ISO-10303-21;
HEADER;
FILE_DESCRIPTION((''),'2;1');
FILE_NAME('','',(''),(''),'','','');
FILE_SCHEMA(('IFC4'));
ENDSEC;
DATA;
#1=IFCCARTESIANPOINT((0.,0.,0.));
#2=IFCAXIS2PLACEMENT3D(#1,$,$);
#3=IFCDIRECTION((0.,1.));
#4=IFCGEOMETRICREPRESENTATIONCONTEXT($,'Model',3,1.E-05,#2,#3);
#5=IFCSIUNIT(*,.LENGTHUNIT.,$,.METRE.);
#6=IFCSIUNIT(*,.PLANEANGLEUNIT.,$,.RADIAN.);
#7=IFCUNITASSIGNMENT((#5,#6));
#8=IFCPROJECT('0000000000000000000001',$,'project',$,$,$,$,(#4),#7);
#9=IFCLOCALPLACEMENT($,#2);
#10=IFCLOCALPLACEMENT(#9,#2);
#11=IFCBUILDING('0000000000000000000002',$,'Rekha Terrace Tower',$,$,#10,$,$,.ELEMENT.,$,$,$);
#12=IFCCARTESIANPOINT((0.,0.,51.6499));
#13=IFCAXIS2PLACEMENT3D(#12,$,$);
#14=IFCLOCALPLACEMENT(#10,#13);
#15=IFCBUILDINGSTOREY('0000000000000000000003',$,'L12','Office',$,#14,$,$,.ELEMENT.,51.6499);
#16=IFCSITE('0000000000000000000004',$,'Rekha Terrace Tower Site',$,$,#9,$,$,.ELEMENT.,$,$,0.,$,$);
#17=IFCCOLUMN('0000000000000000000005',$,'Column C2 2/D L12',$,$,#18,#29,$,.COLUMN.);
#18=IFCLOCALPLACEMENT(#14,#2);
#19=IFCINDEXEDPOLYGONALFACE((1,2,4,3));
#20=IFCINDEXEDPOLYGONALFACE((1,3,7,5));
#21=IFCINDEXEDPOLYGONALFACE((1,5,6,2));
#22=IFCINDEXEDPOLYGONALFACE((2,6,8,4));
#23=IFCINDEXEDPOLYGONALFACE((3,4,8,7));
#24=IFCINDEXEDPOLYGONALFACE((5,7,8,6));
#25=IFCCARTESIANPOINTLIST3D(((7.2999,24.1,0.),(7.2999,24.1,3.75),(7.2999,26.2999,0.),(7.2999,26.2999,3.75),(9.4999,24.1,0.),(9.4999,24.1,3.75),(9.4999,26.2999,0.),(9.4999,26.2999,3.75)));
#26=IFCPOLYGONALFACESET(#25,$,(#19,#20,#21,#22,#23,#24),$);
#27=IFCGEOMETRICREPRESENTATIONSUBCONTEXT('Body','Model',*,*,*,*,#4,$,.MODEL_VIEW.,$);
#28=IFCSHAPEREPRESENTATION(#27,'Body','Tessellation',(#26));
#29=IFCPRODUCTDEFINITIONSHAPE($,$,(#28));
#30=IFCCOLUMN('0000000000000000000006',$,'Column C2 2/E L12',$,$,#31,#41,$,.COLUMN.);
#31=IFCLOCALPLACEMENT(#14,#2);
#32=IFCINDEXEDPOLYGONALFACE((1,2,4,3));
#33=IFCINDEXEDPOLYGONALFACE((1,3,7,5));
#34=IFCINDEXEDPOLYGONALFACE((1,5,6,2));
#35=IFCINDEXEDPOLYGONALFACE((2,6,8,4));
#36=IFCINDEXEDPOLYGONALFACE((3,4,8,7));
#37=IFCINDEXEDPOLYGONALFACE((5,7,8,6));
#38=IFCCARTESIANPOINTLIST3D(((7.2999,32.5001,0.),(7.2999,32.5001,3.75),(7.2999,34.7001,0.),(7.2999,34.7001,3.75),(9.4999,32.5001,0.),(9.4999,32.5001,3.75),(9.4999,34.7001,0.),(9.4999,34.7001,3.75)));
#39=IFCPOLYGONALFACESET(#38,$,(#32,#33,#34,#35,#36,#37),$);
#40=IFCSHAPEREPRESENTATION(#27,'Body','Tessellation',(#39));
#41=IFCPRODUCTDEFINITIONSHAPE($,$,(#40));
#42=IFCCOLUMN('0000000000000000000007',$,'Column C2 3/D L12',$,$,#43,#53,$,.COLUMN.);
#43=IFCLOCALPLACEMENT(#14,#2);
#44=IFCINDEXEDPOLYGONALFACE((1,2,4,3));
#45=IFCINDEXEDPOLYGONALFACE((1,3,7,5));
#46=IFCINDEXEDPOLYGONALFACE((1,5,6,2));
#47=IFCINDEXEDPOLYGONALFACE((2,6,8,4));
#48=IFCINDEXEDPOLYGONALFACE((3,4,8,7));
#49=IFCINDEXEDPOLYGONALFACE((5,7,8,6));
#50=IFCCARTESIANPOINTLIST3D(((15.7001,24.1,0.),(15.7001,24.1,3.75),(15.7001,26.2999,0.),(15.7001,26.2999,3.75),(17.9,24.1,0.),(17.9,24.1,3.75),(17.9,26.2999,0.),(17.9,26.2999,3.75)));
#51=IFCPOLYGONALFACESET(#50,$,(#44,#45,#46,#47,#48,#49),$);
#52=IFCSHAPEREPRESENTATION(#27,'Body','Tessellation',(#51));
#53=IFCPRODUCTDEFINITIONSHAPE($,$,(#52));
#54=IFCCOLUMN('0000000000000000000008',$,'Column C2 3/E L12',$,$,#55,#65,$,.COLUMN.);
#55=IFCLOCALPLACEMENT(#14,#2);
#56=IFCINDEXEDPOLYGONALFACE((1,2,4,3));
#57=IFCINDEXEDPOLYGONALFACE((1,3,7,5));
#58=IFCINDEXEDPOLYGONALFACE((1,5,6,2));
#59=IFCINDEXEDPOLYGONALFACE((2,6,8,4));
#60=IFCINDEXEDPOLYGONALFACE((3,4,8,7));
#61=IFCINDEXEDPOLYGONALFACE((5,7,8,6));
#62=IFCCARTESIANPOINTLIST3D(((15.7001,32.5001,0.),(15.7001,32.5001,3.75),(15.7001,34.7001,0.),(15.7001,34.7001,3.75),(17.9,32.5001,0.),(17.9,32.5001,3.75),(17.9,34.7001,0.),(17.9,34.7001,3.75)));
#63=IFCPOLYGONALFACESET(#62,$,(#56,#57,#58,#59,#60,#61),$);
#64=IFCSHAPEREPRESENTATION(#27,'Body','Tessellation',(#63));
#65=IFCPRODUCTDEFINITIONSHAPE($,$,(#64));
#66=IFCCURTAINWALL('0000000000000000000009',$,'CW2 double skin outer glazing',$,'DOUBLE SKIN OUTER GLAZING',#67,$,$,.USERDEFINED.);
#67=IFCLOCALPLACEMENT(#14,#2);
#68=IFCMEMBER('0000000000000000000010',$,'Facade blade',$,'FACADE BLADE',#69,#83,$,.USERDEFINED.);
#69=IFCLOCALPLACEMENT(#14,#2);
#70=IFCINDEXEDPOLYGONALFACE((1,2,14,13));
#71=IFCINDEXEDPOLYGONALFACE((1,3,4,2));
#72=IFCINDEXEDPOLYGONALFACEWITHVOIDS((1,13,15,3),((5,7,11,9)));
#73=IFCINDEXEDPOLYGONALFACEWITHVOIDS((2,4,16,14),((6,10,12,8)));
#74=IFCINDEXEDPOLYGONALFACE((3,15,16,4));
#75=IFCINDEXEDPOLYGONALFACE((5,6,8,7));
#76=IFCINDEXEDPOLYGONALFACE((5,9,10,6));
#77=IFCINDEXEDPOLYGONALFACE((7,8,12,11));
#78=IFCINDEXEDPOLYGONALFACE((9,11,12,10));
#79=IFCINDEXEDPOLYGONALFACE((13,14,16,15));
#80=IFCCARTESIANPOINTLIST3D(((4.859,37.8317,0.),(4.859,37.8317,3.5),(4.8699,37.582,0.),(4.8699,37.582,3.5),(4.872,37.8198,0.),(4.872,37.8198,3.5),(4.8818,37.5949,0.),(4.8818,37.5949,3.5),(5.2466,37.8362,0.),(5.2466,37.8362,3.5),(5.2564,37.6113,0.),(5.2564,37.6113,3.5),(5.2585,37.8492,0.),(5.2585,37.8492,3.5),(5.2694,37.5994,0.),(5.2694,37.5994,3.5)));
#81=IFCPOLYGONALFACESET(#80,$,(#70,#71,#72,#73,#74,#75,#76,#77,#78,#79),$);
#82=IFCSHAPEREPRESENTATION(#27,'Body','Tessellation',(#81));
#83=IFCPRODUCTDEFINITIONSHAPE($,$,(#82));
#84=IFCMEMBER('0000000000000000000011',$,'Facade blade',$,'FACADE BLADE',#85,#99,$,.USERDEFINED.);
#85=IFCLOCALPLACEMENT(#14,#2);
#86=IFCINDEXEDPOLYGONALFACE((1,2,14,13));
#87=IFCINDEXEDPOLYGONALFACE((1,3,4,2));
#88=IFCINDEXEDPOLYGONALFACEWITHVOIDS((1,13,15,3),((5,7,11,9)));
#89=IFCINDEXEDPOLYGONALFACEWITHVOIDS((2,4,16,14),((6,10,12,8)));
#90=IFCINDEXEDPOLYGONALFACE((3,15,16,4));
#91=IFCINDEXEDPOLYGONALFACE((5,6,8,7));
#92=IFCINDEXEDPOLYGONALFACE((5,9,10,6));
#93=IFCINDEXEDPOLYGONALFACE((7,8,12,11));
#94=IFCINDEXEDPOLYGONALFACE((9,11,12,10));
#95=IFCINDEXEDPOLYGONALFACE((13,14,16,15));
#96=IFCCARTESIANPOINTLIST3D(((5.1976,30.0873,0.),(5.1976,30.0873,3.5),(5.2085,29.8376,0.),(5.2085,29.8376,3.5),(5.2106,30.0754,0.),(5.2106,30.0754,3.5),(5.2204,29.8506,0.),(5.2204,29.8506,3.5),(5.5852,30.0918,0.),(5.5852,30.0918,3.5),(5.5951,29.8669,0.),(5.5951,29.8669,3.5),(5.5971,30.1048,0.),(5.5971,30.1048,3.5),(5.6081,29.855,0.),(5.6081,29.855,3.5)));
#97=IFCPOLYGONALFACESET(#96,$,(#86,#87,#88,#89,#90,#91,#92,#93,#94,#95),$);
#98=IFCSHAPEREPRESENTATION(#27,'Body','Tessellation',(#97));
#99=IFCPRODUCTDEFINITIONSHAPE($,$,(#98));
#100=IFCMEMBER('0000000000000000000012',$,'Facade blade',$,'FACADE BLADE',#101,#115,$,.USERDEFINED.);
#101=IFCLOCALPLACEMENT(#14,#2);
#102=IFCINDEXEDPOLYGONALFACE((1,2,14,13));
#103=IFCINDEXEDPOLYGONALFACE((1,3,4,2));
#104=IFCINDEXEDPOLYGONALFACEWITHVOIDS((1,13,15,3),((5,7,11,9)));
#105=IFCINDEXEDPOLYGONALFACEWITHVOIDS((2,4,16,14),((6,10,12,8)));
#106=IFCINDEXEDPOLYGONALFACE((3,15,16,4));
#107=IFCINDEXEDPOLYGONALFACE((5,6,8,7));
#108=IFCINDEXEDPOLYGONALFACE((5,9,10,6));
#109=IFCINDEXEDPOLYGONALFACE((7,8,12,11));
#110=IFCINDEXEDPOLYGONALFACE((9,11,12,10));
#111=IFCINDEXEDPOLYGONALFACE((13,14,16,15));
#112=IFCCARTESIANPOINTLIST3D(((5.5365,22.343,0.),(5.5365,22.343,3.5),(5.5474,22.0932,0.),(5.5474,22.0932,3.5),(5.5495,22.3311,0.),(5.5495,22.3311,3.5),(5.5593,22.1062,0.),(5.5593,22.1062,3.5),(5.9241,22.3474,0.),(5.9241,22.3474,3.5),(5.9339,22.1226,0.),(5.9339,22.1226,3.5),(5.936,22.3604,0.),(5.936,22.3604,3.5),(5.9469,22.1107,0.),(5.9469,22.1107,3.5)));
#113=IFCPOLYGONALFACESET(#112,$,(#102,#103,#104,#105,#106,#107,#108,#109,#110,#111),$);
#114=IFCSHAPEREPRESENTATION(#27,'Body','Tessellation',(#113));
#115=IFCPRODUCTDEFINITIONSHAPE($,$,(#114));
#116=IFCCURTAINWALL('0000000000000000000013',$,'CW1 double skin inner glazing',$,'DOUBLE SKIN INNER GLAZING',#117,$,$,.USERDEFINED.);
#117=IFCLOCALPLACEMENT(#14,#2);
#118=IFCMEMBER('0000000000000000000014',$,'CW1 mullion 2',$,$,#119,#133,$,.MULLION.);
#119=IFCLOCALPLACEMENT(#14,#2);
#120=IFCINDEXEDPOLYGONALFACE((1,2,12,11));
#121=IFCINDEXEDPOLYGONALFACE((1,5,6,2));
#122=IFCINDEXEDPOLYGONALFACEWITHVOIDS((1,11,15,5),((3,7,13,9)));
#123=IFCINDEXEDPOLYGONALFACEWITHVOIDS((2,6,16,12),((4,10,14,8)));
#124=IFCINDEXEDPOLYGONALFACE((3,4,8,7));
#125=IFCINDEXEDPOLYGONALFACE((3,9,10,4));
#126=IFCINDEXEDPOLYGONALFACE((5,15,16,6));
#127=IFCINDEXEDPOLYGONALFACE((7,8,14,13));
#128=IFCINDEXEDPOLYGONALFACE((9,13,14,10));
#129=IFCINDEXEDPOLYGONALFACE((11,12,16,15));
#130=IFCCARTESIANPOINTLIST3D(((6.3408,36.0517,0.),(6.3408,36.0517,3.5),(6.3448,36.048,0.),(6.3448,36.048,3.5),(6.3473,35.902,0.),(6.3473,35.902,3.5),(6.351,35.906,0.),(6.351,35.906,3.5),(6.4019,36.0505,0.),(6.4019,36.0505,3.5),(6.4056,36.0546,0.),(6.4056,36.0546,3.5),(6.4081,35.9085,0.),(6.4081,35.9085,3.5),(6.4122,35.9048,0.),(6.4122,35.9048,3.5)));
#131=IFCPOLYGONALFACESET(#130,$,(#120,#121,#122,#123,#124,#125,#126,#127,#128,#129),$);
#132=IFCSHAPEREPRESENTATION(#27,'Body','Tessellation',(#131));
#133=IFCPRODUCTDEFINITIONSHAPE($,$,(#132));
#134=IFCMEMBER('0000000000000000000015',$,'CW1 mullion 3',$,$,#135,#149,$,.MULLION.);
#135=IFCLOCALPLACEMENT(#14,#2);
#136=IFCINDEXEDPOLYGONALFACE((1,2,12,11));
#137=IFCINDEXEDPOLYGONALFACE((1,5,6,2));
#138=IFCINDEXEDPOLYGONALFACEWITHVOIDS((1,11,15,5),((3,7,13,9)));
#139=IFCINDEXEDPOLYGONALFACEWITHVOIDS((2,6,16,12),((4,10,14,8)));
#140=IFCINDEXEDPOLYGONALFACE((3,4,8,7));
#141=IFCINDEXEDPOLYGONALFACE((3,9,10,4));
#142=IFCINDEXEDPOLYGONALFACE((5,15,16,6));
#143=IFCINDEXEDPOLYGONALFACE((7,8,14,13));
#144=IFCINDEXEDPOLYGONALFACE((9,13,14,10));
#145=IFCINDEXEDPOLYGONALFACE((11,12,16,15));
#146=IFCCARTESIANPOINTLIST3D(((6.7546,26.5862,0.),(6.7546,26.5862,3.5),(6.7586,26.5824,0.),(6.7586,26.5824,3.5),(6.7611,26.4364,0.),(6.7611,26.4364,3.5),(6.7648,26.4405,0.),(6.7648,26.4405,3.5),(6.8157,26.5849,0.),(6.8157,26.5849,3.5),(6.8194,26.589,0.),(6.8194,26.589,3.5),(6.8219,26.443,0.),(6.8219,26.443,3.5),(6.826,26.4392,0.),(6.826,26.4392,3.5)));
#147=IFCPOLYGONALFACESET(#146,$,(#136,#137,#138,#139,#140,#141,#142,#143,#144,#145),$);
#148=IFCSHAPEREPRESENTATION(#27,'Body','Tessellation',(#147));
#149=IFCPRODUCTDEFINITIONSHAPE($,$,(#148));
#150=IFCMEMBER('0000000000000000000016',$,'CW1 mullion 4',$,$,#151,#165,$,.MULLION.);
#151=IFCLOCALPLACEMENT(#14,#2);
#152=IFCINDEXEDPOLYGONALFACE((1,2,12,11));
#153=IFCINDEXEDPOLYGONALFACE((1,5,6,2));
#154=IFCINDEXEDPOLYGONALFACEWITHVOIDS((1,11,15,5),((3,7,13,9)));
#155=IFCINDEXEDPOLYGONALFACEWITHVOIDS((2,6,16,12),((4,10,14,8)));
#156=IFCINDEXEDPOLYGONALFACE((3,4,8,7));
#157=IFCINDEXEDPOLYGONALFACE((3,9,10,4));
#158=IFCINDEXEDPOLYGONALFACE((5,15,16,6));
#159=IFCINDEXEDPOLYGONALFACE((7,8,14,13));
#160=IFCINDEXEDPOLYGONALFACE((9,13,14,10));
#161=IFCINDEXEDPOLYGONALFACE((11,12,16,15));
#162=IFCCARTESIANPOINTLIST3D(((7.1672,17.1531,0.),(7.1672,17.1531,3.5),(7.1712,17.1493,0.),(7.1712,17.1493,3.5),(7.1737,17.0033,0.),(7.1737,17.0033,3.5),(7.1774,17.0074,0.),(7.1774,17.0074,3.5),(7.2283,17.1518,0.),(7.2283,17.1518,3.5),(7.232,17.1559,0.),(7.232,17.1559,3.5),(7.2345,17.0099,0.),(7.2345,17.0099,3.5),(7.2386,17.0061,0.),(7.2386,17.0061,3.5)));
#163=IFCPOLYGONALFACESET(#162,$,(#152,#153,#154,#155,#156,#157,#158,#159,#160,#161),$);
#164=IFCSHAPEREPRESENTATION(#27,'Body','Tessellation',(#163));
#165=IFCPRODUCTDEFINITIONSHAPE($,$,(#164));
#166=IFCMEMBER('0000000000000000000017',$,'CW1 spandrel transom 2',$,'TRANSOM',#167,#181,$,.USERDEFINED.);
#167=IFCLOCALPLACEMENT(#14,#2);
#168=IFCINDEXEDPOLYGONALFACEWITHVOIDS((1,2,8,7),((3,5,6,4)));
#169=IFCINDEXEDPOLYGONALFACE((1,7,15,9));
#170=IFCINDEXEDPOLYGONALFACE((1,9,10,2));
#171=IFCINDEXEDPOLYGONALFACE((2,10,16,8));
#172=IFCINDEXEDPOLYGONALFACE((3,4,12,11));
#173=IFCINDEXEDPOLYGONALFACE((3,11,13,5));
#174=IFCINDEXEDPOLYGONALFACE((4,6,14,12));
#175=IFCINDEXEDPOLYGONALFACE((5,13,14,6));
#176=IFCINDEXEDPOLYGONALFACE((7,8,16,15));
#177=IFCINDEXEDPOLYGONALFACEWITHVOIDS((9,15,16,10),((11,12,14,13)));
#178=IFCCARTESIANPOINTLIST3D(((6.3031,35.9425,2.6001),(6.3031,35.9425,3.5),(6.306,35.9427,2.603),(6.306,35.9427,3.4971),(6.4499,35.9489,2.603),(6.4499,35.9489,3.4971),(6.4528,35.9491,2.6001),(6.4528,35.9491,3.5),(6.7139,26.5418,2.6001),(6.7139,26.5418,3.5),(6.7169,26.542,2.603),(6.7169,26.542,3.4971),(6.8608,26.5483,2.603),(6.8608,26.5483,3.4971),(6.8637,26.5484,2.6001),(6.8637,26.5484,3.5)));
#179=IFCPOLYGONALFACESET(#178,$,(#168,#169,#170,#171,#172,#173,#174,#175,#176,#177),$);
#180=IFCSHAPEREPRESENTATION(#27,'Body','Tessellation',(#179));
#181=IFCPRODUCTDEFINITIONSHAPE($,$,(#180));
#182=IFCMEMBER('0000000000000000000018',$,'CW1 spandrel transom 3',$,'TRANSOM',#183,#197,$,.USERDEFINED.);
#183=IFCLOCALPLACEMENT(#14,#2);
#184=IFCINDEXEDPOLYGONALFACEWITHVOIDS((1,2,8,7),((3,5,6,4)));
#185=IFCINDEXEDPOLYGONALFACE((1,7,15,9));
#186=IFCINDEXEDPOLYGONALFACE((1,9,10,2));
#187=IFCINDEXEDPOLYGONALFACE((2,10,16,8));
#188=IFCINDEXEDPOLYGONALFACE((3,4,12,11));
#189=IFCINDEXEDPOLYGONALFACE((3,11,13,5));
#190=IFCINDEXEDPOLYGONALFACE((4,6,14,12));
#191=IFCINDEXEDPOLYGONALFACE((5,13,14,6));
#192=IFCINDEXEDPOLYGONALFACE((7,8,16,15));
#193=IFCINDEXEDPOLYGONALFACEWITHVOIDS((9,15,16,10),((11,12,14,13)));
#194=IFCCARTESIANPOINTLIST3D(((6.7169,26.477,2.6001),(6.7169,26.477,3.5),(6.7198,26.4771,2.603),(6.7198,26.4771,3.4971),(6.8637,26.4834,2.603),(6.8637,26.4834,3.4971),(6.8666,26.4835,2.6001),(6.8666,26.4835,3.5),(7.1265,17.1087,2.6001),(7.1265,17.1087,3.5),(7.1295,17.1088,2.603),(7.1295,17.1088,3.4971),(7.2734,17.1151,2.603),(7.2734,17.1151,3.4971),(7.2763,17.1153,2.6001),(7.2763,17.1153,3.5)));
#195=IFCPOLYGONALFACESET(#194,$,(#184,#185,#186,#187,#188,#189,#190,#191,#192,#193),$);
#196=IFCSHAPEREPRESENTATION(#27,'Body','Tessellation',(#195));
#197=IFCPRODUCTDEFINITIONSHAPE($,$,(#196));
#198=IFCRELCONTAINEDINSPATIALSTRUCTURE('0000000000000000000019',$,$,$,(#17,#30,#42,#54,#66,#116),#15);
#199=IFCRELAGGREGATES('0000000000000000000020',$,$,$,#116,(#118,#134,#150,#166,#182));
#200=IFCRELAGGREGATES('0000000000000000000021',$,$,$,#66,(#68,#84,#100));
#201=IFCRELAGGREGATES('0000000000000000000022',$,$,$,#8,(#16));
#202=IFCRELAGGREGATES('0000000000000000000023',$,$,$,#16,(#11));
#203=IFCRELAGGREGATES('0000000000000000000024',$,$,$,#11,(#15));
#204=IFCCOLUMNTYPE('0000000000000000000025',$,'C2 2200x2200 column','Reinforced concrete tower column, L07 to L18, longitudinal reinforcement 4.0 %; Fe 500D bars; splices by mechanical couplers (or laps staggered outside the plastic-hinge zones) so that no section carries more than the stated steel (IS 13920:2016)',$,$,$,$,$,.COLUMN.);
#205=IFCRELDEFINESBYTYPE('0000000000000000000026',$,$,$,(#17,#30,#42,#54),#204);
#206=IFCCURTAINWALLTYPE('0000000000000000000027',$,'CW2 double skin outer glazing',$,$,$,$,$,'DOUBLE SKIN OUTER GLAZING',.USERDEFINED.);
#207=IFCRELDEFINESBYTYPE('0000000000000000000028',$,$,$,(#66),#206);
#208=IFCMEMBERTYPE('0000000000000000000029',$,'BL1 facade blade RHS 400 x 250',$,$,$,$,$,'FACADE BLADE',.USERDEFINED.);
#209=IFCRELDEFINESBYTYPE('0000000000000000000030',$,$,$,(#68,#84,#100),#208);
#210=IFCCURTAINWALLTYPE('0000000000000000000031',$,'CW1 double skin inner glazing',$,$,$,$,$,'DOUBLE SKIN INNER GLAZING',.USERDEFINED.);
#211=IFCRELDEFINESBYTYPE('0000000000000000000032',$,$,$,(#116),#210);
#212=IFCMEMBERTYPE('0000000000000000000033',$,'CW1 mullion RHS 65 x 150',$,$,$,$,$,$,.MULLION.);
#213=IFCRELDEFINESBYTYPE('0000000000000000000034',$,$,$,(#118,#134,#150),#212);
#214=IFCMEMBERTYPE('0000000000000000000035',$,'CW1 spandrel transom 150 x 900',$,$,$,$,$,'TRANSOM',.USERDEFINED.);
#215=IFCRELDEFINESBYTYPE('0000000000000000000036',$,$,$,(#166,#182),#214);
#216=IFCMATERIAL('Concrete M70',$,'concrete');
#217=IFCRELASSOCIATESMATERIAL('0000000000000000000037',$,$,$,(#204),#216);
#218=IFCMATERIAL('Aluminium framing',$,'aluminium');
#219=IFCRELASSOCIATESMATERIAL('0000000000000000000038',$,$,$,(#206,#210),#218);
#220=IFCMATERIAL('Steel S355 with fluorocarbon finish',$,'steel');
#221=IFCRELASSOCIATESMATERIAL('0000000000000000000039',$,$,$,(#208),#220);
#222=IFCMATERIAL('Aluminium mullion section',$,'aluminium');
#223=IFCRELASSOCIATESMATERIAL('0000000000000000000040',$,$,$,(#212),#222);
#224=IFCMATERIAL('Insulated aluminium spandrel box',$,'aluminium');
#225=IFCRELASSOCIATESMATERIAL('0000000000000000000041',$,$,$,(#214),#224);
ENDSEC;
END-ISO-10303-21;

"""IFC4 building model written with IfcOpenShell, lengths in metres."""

from ifc_helpers import new_model, si_unit, direction, frame, origin, origin_2d, place, context, subcontext, project, spatial, rectangle, hollow_rectangle, extrude, material, material_profile, profile_set, type_object, element, aggregate, save


model = new_model("IFC4")

# Units and contexts
model_context = context("Model", 3, precision=1e-05, world=origin(), true_north=direction((0.0, 1.0)))
body_context = subcontext(model_context, "Body", "Model", "MODEL_VIEW")
ifc_project = project(units=[si_unit("LENGTHUNIT", "METRE"), si_unit("PLANEANGLEUNIT", "RADIAN")], contexts=[model_context])

# Site, building, storey
site_placement = place(None, origin())
site = spatial("IfcSite", under=ifc_project, at=site_placement, Name="Rekha Terrace Tower Site", CompositionType="ELEMENT", RefElevation=0.0)
building_placement = place(site_placement, origin())
building = spatial("IfcBuilding", under=site, at=building_placement, Name="Rekha Terrace Tower", CompositionType="ELEMENT")
storey_placement = place(building_placement, frame((0.0, 0.0, 51.6499)))
storey = spatial("IfcBuildingStorey", under=building, at=storey_placement, Name="L12", Description="Office", CompositionType="ELEMENT", Elevation=51.6499)

# Columns
ifc_material_1 = material(Name="Concrete M70", Category="concrete")
ifc_material_profile_1 = material_profile(ifc_material_1, rectangle(XDim=2.2, YDim=2.2, at=origin_2d()), Name="RC 2200x2200")
ifc_profile_set_1 = profile_set([ifc_material_profile_1], Name="Concrete M70")
column_type = type_object("IfcColumnType", Name="C2 2200x2200 column", Description="Reinforced concrete tower column, L07 to L18, longitudinal reinforcement 4.0 %; Fe 500D bars; splices by mechanical couplers (or laps staggered outside the plastic-hinge zones) so that no section carries more than the stated steel (IS 13920:2016)", PredefinedType="COLUMN", material=ifc_profile_set_1)
for number, where, z_axis, x_axis, name in (
    (1, (8.3999, 25.2, 0.0), (0.0, 0.0, 1.0), (1.0, 0.0, 0.0), "Column C2 2/D L12"),
    (2, (8.3999, 33.6001, 0.0), (0.0, 0.0, 1.0), (1.0, 0.0, 0.0), "Column C2 2/E L12"),
    (3, (16.8, 25.2, 0.0), (0.0, 0.0, 1.0), (1.0, 0.0, 0.0), "Column C2 3/D L12"),
    (4, (16.8, 33.6001, 0.0), (0.0, 0.0, 1.0), (1.0, 0.0, 0.0), "Column C2 3/E L12"),
):
    element("IfcColumn", number, at=place(storey_placement, frame(where, z_axis=z_axis, x_axis=x_axis)), inside=storey, type_object=column_type, Name=name, PredefinedType="COLUMN", context=body_context, shape_type="SweptSolid", body=[
        extrude(rectangle(XDim=2.2, YDim=2.2, at=origin_2d()), origin(), (0.0, 0.0, 1.0), 3.75),
    ])

# Curtain walls, members
ifc_material_2 = material(Name="Aluminium framing", Category="aluminium")
curtain_wall_type_1 = type_object("IfcCurtainWallType", Name="CW2 double skin outer glazing", ElementType="DOUBLE SKIN OUTER GLAZING", PredefinedType="USERDEFINED", material=ifc_material_2)
curtain_wall_1_placement = place(storey_placement, origin())
curtain_wall_1 = element("IfcCurtainWall", 5, at=curtain_wall_1_placement, inside=storey, type_object=curtain_wall_type_1, Name="CW2 double skin outer glazing", ObjectType="DOUBLE SKIN OUTER GLAZING", PredefinedType="USERDEFINED")
ifc_material_3 = material(Name="Steel S355 with fluorocarbon finish", Category="steel")
ifc_material_profile_2 = material_profile(ifc_material_3, hollow_rectangle(XDim=0.25, YDim=0.3999, WallThickness=0.0125, at=origin_2d()), Name="RHS400x250x12.5")
ifc_profile_set_2 = profile_set([ifc_material_profile_2], Name="Steel S355 with fluorocarbon finish")
member_type_1 = type_object("IfcMemberType", Name="BL1 facade blade RHS 400 x 250", ElementType="FACADE BLADE", PredefinedType="USERDEFINED", material=ifc_profile_set_2)
member_1_placement = place(storey_placement, frame((5.0642, 37.7156, 0.0), z_axis=(0.0, 0.0, 1.0), x_axis=(0.043682, -0.999045, 0.0)))
member_1 = element("IfcMember", 6, at=member_1_placement, type_object=member_type_1, Name="Facade blade", ObjectType="FACADE BLADE", PredefinedType="USERDEFINED", context=body_context, shape_type="SweptSolid", body=[
    extrude(hollow_rectangle(XDim=0.25, YDim=0.3999, WallThickness=0.0125, at=origin_2d()), origin(), (0.0, 0.0, 1.0), 3.5),
])
member_2_placement = place(storey_placement, frame((5.4028, 29.9712, 0.0), z_axis=(0.0, 0.0, 1.0), x_axis=(0.043682, -0.999045, 0.0)))
member_2 = element("IfcMember", 7, at=member_2_placement, type_object=member_type_1, Name="Facade blade", ObjectType="FACADE BLADE", PredefinedType="USERDEFINED", context=body_context, shape_type="SweptSolid", body=[
    extrude(hollow_rectangle(XDim=0.25, YDim=0.3999, WallThickness=0.0125, at=origin_2d()), origin(), (0.0, 0.0, 1.0), 3.5),
])
member_3_placement = place(storey_placement, frame((5.7417, 22.2268, 0.0), z_axis=(0.0, 0.0, 1.0), x_axis=(0.043682, -0.999045, 0.0)))
member_3 = element("IfcMember", 8, at=member_3_placement, type_object=member_type_1, Name="Facade blade", ObjectType="FACADE BLADE", PredefinedType="USERDEFINED", context=body_context, shape_type="SweptSolid", body=[
    extrude(hollow_rectangle(XDim=0.25, YDim=0.3999, WallThickness=0.0125, at=origin_2d()), origin(), (0.0, 0.0, 1.0), 3.5),
])
curtain_wall_type_2 = type_object("IfcCurtainWallType", Name="CW1 double skin inner glazing", ElementType="DOUBLE SKIN INNER GLAZING", PredefinedType="USERDEFINED", material=ifc_material_2)
curtain_wall_2_placement = place(storey_placement, origin())
curtain_wall_2 = element("IfcCurtainWall", 9, at=curtain_wall_2_placement, inside=storey, type_object=curtain_wall_type_2, Name="CW1 double skin inner glazing", ObjectType="DOUBLE SKIN INNER GLAZING", PredefinedType="USERDEFINED")
ifc_material_4 = material(Name="Aluminium mullion section", Category="aluminium")
ifc_material_profile_3 = material_profile(ifc_material_4, hollow_rectangle(XDim=0.0649, YDim=0.1499, WallThickness=0.0039, at=origin_2d()), Name="AL RHS 65x150")
ifc_profile_set_3 = profile_set([ifc_material_profile_3], Name="Aluminium mullion section")
member_type_2 = type_object("IfcMemberType", Name="CW1 mullion RHS 65 x 150", PredefinedType="MULLION", material=ifc_profile_set_3)
member_4_placement = place(storey_placement, frame((6.3765, 35.9783, 0.0), z_axis=(0.0, 0.0, 1.0), x_axis=(0.999045, 0.043683, 0.0)))
member_4 = element("IfcMember", 10, at=member_4_placement, type_object=member_type_2, Name="CW1 mullion 2", PredefinedType="MULLION", context=body_context, shape_type="SweptSolid", body=[
    extrude(hollow_rectangle(XDim=0.0649, YDim=0.1499, WallThickness=0.0039, at=origin_2d()), origin(), (0.0, 0.0, 1.0), 3.5),
])
member_5_placement = place(storey_placement, frame((6.7903, 26.5127, 0.0), z_axis=(0.0, 0.0, 1.0), x_axis=(0.999045, 0.043683, 0.0)))
member_5 = element("IfcMember", 11, at=member_5_placement, type_object=member_type_2, Name="CW1 mullion 3", PredefinedType="MULLION", context=body_context, shape_type="SweptSolid", body=[
    extrude(hollow_rectangle(XDim=0.0649, YDim=0.1499, WallThickness=0.0039, at=origin_2d()), origin(), (0.0, 0.0, 1.0), 3.5),
])
member_6_placement = place(storey_placement, frame((7.2029, 17.0796, 0.0), z_axis=(0.0, 0.0, 1.0), x_axis=(0.999045, 0.043683, 0.0)))
member_6 = element("IfcMember", 12, at=member_6_placement, type_object=member_type_2, Name="CW1 mullion 4", PredefinedType="MULLION", context=body_context, shape_type="SweptSolid", body=[
    extrude(hollow_rectangle(XDim=0.0649, YDim=0.1499, WallThickness=0.0039, at=origin_2d()), origin(), (0.0, 0.0, 1.0), 3.5),
])
ifc_material_5 = material(Name="Insulated aluminium spandrel box", Category="aluminium")
ifc_material_profile_4 = material_profile(ifc_material_5, hollow_rectangle(XDim=0.1499, YDim=0.8999, WallThickness=0.0029, at=origin_2d()), Name="AL SPANDREL BOX 150x900")
ifc_profile_set_4 = profile_set([ifc_material_profile_4], Name="Insulated aluminium spandrel box")
member_type_3 = type_object("IfcMemberType", Name="CW1 spandrel transom 150 x 900", ElementType="TRANSOM", PredefinedType="USERDEFINED", material=ifc_profile_set_4)
member_7_placement = place(storey_placement, frame((6.3779, 35.9458, 3.05), z_axis=(0.043667, -0.999046, 0.0), x_axis=(0.999046, 0.043667, 0.0)))
member_7 = element("IfcMember", 13, at=member_7_placement, type_object=member_type_3, Name="CW1 spandrel transom 2", ObjectType="TRANSOM", PredefinedType="USERDEFINED", context=body_context, shape_type="SweptSolid", body=[
    extrude(hollow_rectangle(XDim=0.1499, YDim=0.8999, WallThickness=0.0029, at=origin_2d()), origin(), (0.0, 0.0, 1.0), 9.4097),
])
member_8_placement = place(storey_placement, frame((6.7917, 26.4802, 3.05), z_axis=(0.043688, -0.999045, 0.0), x_axis=(0.999045, 0.043688, 0.0)))
member_8 = element("IfcMember", 14, at=member_8_placement, type_object=member_type_3, Name="CW1 spandrel transom 3", ObjectType="TRANSOM", PredefinedType="USERDEFINED", context=body_context, shape_type="SweptSolid", body=[
    extrude(hollow_rectangle(XDim=0.1499, YDim=0.8999, WallThickness=0.0029, at=origin_2d()), origin(), (0.0, 0.0, 1.0), 9.3772),
])

aggregate(curtain_wall_2, [member_4, member_5, member_6, member_7, member_8])
aggregate(curtain_wall_1, [member_1, member_2, member_3])

save(model, "model.ifc")
